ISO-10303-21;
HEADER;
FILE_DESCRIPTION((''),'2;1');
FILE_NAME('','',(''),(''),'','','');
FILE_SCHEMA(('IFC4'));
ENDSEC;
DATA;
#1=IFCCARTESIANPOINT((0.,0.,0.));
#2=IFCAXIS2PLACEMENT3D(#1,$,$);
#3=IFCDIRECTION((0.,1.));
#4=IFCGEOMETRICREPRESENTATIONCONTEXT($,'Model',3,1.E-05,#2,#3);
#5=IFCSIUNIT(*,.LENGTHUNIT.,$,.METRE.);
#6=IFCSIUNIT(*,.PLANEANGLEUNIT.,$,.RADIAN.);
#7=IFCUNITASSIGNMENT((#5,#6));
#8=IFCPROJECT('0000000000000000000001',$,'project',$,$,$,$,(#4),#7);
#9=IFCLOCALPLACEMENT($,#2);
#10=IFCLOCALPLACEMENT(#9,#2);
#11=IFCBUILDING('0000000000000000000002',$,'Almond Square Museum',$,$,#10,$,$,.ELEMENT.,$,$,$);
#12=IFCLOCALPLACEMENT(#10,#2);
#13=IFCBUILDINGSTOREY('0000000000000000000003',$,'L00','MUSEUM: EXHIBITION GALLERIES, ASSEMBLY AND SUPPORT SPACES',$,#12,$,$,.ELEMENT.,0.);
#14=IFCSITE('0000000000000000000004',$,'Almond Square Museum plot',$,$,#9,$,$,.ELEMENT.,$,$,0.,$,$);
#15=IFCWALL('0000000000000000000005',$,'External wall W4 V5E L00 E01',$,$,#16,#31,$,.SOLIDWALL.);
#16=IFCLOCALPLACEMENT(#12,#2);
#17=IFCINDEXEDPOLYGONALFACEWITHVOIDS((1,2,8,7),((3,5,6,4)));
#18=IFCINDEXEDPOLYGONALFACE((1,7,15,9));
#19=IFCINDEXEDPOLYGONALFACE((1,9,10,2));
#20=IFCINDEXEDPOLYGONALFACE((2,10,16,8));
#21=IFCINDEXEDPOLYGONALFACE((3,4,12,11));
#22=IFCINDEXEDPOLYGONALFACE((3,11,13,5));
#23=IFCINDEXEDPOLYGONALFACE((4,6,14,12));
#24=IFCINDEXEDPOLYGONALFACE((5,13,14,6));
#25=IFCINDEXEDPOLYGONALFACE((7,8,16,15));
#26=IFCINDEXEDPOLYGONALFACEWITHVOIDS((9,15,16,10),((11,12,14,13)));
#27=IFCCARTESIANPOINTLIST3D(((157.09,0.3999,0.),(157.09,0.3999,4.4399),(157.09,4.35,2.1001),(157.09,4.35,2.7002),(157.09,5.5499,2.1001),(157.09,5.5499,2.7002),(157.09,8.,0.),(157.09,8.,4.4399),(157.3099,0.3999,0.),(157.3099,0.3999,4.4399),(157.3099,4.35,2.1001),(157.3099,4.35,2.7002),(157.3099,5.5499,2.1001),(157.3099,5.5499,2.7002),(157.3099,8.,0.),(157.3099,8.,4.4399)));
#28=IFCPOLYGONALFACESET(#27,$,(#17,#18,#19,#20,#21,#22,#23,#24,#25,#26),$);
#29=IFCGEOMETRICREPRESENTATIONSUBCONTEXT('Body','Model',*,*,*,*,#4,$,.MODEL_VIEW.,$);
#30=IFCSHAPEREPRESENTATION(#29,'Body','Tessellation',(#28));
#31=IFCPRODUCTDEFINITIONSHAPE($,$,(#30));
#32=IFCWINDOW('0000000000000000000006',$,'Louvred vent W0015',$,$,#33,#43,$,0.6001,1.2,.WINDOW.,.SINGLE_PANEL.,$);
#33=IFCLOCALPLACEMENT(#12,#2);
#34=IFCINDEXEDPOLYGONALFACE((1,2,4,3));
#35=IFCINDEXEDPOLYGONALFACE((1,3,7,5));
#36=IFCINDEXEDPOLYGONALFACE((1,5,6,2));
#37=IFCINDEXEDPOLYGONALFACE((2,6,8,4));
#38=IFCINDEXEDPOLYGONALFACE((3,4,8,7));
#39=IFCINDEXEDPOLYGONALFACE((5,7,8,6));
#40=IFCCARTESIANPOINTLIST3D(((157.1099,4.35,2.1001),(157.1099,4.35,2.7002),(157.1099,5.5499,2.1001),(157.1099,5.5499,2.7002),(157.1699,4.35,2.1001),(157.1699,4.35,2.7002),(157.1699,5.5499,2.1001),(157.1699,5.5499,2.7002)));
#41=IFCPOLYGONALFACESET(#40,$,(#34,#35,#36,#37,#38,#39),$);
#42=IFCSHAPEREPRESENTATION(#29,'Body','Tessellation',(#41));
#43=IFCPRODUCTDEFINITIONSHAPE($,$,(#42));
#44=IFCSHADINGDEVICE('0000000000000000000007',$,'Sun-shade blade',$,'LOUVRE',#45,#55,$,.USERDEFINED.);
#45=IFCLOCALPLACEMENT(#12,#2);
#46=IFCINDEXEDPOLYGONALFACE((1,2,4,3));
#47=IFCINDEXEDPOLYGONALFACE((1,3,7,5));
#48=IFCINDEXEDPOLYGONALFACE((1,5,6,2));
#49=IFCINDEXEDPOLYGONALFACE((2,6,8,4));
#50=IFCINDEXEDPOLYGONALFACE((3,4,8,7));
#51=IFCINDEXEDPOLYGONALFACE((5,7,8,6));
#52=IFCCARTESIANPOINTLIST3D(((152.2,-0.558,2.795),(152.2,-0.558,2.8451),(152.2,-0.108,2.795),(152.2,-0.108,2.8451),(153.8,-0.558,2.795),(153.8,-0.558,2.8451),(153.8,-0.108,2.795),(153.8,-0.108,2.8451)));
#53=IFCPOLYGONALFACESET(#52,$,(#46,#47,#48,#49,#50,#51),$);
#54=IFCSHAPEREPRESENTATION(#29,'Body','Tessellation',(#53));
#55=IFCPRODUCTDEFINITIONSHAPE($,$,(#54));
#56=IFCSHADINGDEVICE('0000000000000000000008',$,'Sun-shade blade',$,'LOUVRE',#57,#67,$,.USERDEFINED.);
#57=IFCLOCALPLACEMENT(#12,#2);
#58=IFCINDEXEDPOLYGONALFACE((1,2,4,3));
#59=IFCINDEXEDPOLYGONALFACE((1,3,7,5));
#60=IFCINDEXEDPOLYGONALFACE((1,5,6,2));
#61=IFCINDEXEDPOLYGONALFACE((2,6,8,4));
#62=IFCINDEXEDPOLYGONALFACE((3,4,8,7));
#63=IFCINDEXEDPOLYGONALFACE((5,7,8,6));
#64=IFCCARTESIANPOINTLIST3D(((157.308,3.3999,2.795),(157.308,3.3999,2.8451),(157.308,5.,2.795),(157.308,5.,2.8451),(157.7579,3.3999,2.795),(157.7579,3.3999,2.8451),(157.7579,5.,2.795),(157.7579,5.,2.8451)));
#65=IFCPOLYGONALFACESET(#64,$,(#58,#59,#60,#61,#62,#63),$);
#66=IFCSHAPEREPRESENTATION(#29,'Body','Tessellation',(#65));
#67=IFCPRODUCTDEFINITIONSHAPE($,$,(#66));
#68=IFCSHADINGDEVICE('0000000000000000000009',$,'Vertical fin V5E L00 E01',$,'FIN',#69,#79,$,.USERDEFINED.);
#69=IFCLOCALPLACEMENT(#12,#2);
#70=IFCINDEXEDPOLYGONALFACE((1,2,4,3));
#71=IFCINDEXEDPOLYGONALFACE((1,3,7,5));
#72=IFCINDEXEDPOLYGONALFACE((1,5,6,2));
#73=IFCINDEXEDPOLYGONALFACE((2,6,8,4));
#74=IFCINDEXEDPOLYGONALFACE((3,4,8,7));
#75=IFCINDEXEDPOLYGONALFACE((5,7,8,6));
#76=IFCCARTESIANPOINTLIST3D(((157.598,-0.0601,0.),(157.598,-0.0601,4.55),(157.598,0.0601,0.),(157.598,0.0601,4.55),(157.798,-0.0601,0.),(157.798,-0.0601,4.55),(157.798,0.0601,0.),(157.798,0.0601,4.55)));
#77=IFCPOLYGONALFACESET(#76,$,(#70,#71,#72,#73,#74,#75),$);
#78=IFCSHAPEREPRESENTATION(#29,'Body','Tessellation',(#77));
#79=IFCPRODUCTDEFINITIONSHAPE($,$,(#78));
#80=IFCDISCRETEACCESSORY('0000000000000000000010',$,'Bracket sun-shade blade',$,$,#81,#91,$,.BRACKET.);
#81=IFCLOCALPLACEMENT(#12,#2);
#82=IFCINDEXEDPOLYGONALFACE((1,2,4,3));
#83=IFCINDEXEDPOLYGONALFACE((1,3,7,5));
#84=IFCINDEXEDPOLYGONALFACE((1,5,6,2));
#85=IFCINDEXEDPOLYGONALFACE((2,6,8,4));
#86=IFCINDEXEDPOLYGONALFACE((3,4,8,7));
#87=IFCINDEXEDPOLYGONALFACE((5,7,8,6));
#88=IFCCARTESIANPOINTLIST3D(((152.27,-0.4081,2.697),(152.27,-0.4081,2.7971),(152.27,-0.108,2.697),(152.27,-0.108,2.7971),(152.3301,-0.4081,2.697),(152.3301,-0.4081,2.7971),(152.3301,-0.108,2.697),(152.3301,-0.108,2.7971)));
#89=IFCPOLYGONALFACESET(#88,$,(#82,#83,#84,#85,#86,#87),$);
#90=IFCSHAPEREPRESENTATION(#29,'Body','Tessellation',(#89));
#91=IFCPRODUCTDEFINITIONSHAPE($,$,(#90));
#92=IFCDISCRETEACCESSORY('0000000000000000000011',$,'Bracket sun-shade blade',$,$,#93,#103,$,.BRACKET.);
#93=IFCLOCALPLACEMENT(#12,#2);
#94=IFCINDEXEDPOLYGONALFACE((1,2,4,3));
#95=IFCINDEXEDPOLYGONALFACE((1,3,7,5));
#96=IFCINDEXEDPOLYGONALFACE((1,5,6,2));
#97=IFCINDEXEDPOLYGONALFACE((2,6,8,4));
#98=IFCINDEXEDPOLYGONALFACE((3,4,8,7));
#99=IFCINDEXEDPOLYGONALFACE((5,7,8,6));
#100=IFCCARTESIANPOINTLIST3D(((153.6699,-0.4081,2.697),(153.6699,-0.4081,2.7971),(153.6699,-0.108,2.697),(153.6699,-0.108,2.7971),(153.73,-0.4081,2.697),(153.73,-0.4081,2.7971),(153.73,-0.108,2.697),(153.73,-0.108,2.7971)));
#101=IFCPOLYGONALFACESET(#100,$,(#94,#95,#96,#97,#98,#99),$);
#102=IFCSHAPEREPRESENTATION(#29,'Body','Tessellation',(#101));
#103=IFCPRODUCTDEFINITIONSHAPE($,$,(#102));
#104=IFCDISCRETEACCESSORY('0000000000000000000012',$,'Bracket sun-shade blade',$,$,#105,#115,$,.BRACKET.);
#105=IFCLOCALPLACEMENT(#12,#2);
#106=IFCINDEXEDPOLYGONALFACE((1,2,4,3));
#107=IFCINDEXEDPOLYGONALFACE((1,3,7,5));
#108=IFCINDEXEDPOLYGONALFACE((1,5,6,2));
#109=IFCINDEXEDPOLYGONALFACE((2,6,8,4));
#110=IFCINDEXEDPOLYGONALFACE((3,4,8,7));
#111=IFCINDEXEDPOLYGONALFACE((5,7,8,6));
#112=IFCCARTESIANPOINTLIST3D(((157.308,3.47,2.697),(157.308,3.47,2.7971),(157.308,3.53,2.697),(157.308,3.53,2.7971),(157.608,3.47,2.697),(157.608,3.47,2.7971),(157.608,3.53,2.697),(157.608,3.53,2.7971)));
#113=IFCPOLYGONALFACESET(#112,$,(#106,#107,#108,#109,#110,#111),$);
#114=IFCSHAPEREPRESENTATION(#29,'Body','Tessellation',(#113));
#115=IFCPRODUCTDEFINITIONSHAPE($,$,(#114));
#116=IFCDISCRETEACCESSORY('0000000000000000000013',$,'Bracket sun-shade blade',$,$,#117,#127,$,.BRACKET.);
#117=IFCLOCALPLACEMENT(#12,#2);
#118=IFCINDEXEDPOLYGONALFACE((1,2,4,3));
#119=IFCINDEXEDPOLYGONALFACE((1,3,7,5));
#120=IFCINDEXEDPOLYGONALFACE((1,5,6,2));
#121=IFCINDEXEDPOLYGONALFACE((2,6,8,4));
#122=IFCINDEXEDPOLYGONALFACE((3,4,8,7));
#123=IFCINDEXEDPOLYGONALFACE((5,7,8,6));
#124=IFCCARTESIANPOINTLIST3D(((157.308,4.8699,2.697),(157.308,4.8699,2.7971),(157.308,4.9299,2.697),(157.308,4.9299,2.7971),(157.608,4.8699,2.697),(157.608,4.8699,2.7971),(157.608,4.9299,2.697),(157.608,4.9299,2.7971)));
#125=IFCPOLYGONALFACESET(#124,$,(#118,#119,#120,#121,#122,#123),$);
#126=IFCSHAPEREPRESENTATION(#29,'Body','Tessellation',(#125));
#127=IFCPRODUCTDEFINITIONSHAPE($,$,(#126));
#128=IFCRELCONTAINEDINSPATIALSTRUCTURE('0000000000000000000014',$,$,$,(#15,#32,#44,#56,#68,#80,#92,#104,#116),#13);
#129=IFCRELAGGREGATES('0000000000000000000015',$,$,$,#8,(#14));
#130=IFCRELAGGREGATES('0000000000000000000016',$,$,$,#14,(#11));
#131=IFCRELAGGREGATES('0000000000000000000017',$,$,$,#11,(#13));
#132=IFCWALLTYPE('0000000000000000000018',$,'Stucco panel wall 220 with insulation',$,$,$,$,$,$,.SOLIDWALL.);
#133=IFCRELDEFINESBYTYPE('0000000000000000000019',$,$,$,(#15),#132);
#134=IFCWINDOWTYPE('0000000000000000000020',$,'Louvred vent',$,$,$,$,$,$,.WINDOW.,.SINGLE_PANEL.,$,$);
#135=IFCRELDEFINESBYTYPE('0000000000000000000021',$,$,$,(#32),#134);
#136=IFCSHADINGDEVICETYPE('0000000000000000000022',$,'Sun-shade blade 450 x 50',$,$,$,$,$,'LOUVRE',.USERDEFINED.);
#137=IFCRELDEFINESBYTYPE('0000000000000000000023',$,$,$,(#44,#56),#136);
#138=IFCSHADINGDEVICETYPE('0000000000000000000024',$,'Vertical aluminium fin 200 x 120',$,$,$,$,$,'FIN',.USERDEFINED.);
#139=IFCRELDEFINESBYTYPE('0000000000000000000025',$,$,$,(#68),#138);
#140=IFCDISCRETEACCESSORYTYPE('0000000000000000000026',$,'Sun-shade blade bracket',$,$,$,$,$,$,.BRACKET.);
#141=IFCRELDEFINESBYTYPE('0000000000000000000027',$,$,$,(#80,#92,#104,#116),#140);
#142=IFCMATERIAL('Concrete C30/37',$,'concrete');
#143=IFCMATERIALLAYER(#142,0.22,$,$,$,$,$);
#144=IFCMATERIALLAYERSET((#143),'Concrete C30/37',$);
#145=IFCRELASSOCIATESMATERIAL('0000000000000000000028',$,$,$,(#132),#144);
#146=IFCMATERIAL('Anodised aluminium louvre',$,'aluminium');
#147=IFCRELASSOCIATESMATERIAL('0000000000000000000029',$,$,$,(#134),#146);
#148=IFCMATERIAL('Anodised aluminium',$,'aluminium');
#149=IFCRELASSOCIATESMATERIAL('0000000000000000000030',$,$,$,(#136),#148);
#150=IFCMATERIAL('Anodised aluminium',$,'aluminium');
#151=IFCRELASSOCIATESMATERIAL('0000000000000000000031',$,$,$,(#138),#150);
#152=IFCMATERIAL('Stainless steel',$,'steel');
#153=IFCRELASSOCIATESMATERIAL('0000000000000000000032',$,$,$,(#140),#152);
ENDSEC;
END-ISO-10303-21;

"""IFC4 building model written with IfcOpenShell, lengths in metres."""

from ifc_helpers import new_model, si_unit, direction, frame, frame_2d, origin, origin_2d, place, context, subcontext, project, spatial, rectangle, extrude, material, layer, layer_set, material_profile, profile_set, type_object, element, fill, save


model = new_model("IFC4")

# Units and contexts
model_context = context("Model", 3, precision=1e-05, world=origin(), true_north=direction((0.0, 1.0)))
body_context = subcontext(model_context, "Body", "Model", "MODEL_VIEW")
ifc_project = project(units=[si_unit("LENGTHUNIT", "METRE"), si_unit("PLANEANGLEUNIT", "RADIAN")], contexts=[model_context])

# Site, building, storey
site_placement = place(None, origin())
site = spatial("IfcSite", under=ifc_project, at=site_placement, Name="Almond Square Museum plot", CompositionType="ELEMENT", RefElevation=0.0)
building_placement = place(site_placement, origin())
building = spatial("IfcBuilding", under=site, at=building_placement, Name="Almond Square Museum", CompositionType="ELEMENT")
storey_placement = place(building_placement, origin())
storey = spatial("IfcBuildingStorey", under=building, at=storey_placement, Name="L00", Description="MUSEUM: EXHIBITION GALLERIES, ASSEMBLY AND SUPPORT SPACES", CompositionType="ELEMENT", Elevation=0.0)

# Wall, opening, window
ifc_material_1 = material(Name="Concrete C30/37", Category="concrete")
ifc_layer = layer(ifc_material_1, 0.22)
ifc_layer_set = layer_set([ifc_layer], Name="Concrete C30/37")
wall_type = type_object("IfcWallType", Name="Stucco panel wall 220 with insulation", PredefinedType="SOLIDWALL", material=ifc_layer_set)
wall_placement = place(storey_placement, frame((157.2, 0.3999, 0.0), z_axis=(0.0, 0.0, 1.0), x_axis=(0.0, 1.0, 0.0)))
wall = element("IfcWall", 1, at=wall_placement, inside=storey, type_object=wall_type, Name="External wall W4 V5E L00 E01", PredefinedType="SOLIDWALL", context=body_context, shape_type="SweptSolid", body=[
    extrude(rectangle(XDim=7.6001, YDim=0.22, at=frame_2d((3.8, 0.0))), origin(), (0.0, 0.0, 1.0), 4.4399),
])
opening_placement = place(wall_placement, frame((3.95, 0.0, 2.1001)))
opening = element("IfcOpeningElement", 2, at=opening_placement, cuts=wall, PredefinedType="OPENING", context=body_context, shape_type="SweptSolid", body=[
    extrude(rectangle(XDim=1.2, YDim=0.6001, at=frame_2d((0.6001, 0.3))), frame((0.0, 0.1199, 0.0), z_axis=(0.0, -1.0, 0.0), x_axis=(1.0, 0.0, 0.0)), (0.0, 0.0, 1.0), 0.24),
])
ifc_material_2 = material(Name="Anodised aluminium louvre", Category="aluminium")
window_type = type_object("IfcWindowType", Name="Louvred vent", PartitioningType="SINGLE_PANEL", PredefinedType="WINDOW", material=ifc_material_2)
window_placement = place(opening_placement, origin())
window = element("IfcWindow", 3, at=window_placement, inside=storey, type_object=window_type, Name="Louvred vent W0015", OverallHeight=0.6001, OverallWidth=1.2, PartitioningType="SINGLE_PANEL", PredefinedType="WINDOW", context=body_context, shape_type="SweptSolid", body=[
    extrude(rectangle(XDim=1.2, YDim=0.6001, at=frame_2d((0.6001, 0.3))), frame((0.0, 0.0901, 0.0), z_axis=(0.0, -1.0, 0.0), x_axis=(1.0, 0.0, 0.0)), (0.0, 0.0, 1.0), 0.0601),
])
fill(opening, window)

# Shading devices
ifc_material_3 = material(Name="Anodised aluminium", Category="aluminium")
ifc_material_profile_1 = material_profile(ifc_material_3, rectangle(XDim=0.45, YDim=0.05, at=origin_2d()))
ifc_profile_set_1 = profile_set([ifc_material_profile_1], Name="Anodised aluminium")
shading_device_type_1 = type_object("IfcShadingDeviceType", Name="Sun-shade blade 450 x 50", ElementType="LOUVRE", PredefinedType="USERDEFINED", material=ifc_profile_set_1)
for number, where, z_axis, x_axis, name in (
    (4, (152.2, -0.333, 2.8201), (1.0, 0.0, 0.0), (0.0, 1.0, 0.0), "Sun-shade blade"),
    (5, (157.533, 3.3999, 2.8201), (0.0, 1.0, 0.0), (-1.0, 0.0, 0.0), "Sun-shade blade"),
):
    element("IfcShadingDevice", number, at=place(storey_placement, frame(where, z_axis=z_axis, x_axis=x_axis)), inside=storey, type_object=shading_device_type_1, Name=name, ObjectType="LOUVRE", PredefinedType="USERDEFINED", context=body_context, shape_type="SweptSolid", body=[
        extrude(rectangle(XDim=0.45, YDim=0.05, at=origin_2d()), origin(), (0.0, 0.0, 1.0), 1.6001),
    ])
ifc_material_4 = material(Name="Anodised aluminium", Category="aluminium")
ifc_material_profile_2 = material_profile(ifc_material_4, rectangle(XDim=0.2, YDim=0.1201, at=origin_2d()))
ifc_profile_set_2 = profile_set([ifc_material_profile_2], Name="Anodised aluminium")
shading_device_type_2 = type_object("IfcShadingDeviceType", Name="Vertical aluminium fin 200 x 120", ElementType="FIN", PredefinedType="USERDEFINED", material=ifc_profile_set_2)
shading_device_placement = place(storey_placement, frame((157.698, 0.0, 0.0), z_axis=(0.0, 0.0, 1.0), x_axis=(1.0, 0.0, 0.0)))
element("IfcShadingDevice", 6, at=shading_device_placement, inside=storey, type_object=shading_device_type_2, Name="Vertical fin V5E L00 E01", ObjectType="FIN", PredefinedType="USERDEFINED", context=body_context, shape_type="SweptSolid", body=[
    extrude(rectangle(XDim=0.2, YDim=0.1201, at=origin_2d()), origin(), (0.0, 0.0, 1.0), 4.55),
])

# Discrete accessories
ifc_material_5 = material(Name="Stainless steel", Category="steel")
discrete_accessory_type = type_object("IfcDiscreteAccessoryType", Name="Sun-shade blade bracket", PredefinedType="BRACKET", material=ifc_material_5)
for number, where, z_axis, x_axis, name in (
    (7, (152.3, -0.2581, 2.697), (0.0, 0.0, 1.0), (1.0, 0.0, 0.0), "Bracket sun-shade blade"),
    (8, (153.7, -0.2581, 2.697), (0.0, 0.0, 1.0), (1.0, 0.0, 0.0), "Bracket sun-shade blade"),
):
    element("IfcDiscreteAccessory", number, at=place(storey_placement, frame(where, z_axis=z_axis, x_axis=x_axis)), inside=storey, type_object=discrete_accessory_type, Name=name, PredefinedType="BRACKET", context=body_context, shape_type="SweptSolid", body=[
        extrude(rectangle(XDim=0.0601, YDim=0.3, at=origin_2d()), origin(), (0.0, 0.0, 1.0), 0.1001),
    ])
for number, where, z_axis, x_axis, name in (
    (9, (157.458, 3.5, 2.697), (0.0, 0.0, 1.0), (1.0, 0.0, 0.0), "Bracket sun-shade blade"),
    (10, (157.458, 4.8999, 2.697), (0.0, 0.0, 1.0), (1.0, 0.0, 0.0), "Bracket sun-shade blade"),
):
    element("IfcDiscreteAccessory", number, at=place(storey_placement, frame(where, z_axis=z_axis, x_axis=x_axis)), inside=storey, type_object=discrete_accessory_type, Name=name, PredefinedType="BRACKET", context=body_context, shape_type="SweptSolid", body=[
        extrude(rectangle(XDim=0.3, YDim=0.0601, at=origin_2d()), origin(), (0.0, 0.0, 1.0), 0.1001),
    ])

save(model, "model.ifc")
